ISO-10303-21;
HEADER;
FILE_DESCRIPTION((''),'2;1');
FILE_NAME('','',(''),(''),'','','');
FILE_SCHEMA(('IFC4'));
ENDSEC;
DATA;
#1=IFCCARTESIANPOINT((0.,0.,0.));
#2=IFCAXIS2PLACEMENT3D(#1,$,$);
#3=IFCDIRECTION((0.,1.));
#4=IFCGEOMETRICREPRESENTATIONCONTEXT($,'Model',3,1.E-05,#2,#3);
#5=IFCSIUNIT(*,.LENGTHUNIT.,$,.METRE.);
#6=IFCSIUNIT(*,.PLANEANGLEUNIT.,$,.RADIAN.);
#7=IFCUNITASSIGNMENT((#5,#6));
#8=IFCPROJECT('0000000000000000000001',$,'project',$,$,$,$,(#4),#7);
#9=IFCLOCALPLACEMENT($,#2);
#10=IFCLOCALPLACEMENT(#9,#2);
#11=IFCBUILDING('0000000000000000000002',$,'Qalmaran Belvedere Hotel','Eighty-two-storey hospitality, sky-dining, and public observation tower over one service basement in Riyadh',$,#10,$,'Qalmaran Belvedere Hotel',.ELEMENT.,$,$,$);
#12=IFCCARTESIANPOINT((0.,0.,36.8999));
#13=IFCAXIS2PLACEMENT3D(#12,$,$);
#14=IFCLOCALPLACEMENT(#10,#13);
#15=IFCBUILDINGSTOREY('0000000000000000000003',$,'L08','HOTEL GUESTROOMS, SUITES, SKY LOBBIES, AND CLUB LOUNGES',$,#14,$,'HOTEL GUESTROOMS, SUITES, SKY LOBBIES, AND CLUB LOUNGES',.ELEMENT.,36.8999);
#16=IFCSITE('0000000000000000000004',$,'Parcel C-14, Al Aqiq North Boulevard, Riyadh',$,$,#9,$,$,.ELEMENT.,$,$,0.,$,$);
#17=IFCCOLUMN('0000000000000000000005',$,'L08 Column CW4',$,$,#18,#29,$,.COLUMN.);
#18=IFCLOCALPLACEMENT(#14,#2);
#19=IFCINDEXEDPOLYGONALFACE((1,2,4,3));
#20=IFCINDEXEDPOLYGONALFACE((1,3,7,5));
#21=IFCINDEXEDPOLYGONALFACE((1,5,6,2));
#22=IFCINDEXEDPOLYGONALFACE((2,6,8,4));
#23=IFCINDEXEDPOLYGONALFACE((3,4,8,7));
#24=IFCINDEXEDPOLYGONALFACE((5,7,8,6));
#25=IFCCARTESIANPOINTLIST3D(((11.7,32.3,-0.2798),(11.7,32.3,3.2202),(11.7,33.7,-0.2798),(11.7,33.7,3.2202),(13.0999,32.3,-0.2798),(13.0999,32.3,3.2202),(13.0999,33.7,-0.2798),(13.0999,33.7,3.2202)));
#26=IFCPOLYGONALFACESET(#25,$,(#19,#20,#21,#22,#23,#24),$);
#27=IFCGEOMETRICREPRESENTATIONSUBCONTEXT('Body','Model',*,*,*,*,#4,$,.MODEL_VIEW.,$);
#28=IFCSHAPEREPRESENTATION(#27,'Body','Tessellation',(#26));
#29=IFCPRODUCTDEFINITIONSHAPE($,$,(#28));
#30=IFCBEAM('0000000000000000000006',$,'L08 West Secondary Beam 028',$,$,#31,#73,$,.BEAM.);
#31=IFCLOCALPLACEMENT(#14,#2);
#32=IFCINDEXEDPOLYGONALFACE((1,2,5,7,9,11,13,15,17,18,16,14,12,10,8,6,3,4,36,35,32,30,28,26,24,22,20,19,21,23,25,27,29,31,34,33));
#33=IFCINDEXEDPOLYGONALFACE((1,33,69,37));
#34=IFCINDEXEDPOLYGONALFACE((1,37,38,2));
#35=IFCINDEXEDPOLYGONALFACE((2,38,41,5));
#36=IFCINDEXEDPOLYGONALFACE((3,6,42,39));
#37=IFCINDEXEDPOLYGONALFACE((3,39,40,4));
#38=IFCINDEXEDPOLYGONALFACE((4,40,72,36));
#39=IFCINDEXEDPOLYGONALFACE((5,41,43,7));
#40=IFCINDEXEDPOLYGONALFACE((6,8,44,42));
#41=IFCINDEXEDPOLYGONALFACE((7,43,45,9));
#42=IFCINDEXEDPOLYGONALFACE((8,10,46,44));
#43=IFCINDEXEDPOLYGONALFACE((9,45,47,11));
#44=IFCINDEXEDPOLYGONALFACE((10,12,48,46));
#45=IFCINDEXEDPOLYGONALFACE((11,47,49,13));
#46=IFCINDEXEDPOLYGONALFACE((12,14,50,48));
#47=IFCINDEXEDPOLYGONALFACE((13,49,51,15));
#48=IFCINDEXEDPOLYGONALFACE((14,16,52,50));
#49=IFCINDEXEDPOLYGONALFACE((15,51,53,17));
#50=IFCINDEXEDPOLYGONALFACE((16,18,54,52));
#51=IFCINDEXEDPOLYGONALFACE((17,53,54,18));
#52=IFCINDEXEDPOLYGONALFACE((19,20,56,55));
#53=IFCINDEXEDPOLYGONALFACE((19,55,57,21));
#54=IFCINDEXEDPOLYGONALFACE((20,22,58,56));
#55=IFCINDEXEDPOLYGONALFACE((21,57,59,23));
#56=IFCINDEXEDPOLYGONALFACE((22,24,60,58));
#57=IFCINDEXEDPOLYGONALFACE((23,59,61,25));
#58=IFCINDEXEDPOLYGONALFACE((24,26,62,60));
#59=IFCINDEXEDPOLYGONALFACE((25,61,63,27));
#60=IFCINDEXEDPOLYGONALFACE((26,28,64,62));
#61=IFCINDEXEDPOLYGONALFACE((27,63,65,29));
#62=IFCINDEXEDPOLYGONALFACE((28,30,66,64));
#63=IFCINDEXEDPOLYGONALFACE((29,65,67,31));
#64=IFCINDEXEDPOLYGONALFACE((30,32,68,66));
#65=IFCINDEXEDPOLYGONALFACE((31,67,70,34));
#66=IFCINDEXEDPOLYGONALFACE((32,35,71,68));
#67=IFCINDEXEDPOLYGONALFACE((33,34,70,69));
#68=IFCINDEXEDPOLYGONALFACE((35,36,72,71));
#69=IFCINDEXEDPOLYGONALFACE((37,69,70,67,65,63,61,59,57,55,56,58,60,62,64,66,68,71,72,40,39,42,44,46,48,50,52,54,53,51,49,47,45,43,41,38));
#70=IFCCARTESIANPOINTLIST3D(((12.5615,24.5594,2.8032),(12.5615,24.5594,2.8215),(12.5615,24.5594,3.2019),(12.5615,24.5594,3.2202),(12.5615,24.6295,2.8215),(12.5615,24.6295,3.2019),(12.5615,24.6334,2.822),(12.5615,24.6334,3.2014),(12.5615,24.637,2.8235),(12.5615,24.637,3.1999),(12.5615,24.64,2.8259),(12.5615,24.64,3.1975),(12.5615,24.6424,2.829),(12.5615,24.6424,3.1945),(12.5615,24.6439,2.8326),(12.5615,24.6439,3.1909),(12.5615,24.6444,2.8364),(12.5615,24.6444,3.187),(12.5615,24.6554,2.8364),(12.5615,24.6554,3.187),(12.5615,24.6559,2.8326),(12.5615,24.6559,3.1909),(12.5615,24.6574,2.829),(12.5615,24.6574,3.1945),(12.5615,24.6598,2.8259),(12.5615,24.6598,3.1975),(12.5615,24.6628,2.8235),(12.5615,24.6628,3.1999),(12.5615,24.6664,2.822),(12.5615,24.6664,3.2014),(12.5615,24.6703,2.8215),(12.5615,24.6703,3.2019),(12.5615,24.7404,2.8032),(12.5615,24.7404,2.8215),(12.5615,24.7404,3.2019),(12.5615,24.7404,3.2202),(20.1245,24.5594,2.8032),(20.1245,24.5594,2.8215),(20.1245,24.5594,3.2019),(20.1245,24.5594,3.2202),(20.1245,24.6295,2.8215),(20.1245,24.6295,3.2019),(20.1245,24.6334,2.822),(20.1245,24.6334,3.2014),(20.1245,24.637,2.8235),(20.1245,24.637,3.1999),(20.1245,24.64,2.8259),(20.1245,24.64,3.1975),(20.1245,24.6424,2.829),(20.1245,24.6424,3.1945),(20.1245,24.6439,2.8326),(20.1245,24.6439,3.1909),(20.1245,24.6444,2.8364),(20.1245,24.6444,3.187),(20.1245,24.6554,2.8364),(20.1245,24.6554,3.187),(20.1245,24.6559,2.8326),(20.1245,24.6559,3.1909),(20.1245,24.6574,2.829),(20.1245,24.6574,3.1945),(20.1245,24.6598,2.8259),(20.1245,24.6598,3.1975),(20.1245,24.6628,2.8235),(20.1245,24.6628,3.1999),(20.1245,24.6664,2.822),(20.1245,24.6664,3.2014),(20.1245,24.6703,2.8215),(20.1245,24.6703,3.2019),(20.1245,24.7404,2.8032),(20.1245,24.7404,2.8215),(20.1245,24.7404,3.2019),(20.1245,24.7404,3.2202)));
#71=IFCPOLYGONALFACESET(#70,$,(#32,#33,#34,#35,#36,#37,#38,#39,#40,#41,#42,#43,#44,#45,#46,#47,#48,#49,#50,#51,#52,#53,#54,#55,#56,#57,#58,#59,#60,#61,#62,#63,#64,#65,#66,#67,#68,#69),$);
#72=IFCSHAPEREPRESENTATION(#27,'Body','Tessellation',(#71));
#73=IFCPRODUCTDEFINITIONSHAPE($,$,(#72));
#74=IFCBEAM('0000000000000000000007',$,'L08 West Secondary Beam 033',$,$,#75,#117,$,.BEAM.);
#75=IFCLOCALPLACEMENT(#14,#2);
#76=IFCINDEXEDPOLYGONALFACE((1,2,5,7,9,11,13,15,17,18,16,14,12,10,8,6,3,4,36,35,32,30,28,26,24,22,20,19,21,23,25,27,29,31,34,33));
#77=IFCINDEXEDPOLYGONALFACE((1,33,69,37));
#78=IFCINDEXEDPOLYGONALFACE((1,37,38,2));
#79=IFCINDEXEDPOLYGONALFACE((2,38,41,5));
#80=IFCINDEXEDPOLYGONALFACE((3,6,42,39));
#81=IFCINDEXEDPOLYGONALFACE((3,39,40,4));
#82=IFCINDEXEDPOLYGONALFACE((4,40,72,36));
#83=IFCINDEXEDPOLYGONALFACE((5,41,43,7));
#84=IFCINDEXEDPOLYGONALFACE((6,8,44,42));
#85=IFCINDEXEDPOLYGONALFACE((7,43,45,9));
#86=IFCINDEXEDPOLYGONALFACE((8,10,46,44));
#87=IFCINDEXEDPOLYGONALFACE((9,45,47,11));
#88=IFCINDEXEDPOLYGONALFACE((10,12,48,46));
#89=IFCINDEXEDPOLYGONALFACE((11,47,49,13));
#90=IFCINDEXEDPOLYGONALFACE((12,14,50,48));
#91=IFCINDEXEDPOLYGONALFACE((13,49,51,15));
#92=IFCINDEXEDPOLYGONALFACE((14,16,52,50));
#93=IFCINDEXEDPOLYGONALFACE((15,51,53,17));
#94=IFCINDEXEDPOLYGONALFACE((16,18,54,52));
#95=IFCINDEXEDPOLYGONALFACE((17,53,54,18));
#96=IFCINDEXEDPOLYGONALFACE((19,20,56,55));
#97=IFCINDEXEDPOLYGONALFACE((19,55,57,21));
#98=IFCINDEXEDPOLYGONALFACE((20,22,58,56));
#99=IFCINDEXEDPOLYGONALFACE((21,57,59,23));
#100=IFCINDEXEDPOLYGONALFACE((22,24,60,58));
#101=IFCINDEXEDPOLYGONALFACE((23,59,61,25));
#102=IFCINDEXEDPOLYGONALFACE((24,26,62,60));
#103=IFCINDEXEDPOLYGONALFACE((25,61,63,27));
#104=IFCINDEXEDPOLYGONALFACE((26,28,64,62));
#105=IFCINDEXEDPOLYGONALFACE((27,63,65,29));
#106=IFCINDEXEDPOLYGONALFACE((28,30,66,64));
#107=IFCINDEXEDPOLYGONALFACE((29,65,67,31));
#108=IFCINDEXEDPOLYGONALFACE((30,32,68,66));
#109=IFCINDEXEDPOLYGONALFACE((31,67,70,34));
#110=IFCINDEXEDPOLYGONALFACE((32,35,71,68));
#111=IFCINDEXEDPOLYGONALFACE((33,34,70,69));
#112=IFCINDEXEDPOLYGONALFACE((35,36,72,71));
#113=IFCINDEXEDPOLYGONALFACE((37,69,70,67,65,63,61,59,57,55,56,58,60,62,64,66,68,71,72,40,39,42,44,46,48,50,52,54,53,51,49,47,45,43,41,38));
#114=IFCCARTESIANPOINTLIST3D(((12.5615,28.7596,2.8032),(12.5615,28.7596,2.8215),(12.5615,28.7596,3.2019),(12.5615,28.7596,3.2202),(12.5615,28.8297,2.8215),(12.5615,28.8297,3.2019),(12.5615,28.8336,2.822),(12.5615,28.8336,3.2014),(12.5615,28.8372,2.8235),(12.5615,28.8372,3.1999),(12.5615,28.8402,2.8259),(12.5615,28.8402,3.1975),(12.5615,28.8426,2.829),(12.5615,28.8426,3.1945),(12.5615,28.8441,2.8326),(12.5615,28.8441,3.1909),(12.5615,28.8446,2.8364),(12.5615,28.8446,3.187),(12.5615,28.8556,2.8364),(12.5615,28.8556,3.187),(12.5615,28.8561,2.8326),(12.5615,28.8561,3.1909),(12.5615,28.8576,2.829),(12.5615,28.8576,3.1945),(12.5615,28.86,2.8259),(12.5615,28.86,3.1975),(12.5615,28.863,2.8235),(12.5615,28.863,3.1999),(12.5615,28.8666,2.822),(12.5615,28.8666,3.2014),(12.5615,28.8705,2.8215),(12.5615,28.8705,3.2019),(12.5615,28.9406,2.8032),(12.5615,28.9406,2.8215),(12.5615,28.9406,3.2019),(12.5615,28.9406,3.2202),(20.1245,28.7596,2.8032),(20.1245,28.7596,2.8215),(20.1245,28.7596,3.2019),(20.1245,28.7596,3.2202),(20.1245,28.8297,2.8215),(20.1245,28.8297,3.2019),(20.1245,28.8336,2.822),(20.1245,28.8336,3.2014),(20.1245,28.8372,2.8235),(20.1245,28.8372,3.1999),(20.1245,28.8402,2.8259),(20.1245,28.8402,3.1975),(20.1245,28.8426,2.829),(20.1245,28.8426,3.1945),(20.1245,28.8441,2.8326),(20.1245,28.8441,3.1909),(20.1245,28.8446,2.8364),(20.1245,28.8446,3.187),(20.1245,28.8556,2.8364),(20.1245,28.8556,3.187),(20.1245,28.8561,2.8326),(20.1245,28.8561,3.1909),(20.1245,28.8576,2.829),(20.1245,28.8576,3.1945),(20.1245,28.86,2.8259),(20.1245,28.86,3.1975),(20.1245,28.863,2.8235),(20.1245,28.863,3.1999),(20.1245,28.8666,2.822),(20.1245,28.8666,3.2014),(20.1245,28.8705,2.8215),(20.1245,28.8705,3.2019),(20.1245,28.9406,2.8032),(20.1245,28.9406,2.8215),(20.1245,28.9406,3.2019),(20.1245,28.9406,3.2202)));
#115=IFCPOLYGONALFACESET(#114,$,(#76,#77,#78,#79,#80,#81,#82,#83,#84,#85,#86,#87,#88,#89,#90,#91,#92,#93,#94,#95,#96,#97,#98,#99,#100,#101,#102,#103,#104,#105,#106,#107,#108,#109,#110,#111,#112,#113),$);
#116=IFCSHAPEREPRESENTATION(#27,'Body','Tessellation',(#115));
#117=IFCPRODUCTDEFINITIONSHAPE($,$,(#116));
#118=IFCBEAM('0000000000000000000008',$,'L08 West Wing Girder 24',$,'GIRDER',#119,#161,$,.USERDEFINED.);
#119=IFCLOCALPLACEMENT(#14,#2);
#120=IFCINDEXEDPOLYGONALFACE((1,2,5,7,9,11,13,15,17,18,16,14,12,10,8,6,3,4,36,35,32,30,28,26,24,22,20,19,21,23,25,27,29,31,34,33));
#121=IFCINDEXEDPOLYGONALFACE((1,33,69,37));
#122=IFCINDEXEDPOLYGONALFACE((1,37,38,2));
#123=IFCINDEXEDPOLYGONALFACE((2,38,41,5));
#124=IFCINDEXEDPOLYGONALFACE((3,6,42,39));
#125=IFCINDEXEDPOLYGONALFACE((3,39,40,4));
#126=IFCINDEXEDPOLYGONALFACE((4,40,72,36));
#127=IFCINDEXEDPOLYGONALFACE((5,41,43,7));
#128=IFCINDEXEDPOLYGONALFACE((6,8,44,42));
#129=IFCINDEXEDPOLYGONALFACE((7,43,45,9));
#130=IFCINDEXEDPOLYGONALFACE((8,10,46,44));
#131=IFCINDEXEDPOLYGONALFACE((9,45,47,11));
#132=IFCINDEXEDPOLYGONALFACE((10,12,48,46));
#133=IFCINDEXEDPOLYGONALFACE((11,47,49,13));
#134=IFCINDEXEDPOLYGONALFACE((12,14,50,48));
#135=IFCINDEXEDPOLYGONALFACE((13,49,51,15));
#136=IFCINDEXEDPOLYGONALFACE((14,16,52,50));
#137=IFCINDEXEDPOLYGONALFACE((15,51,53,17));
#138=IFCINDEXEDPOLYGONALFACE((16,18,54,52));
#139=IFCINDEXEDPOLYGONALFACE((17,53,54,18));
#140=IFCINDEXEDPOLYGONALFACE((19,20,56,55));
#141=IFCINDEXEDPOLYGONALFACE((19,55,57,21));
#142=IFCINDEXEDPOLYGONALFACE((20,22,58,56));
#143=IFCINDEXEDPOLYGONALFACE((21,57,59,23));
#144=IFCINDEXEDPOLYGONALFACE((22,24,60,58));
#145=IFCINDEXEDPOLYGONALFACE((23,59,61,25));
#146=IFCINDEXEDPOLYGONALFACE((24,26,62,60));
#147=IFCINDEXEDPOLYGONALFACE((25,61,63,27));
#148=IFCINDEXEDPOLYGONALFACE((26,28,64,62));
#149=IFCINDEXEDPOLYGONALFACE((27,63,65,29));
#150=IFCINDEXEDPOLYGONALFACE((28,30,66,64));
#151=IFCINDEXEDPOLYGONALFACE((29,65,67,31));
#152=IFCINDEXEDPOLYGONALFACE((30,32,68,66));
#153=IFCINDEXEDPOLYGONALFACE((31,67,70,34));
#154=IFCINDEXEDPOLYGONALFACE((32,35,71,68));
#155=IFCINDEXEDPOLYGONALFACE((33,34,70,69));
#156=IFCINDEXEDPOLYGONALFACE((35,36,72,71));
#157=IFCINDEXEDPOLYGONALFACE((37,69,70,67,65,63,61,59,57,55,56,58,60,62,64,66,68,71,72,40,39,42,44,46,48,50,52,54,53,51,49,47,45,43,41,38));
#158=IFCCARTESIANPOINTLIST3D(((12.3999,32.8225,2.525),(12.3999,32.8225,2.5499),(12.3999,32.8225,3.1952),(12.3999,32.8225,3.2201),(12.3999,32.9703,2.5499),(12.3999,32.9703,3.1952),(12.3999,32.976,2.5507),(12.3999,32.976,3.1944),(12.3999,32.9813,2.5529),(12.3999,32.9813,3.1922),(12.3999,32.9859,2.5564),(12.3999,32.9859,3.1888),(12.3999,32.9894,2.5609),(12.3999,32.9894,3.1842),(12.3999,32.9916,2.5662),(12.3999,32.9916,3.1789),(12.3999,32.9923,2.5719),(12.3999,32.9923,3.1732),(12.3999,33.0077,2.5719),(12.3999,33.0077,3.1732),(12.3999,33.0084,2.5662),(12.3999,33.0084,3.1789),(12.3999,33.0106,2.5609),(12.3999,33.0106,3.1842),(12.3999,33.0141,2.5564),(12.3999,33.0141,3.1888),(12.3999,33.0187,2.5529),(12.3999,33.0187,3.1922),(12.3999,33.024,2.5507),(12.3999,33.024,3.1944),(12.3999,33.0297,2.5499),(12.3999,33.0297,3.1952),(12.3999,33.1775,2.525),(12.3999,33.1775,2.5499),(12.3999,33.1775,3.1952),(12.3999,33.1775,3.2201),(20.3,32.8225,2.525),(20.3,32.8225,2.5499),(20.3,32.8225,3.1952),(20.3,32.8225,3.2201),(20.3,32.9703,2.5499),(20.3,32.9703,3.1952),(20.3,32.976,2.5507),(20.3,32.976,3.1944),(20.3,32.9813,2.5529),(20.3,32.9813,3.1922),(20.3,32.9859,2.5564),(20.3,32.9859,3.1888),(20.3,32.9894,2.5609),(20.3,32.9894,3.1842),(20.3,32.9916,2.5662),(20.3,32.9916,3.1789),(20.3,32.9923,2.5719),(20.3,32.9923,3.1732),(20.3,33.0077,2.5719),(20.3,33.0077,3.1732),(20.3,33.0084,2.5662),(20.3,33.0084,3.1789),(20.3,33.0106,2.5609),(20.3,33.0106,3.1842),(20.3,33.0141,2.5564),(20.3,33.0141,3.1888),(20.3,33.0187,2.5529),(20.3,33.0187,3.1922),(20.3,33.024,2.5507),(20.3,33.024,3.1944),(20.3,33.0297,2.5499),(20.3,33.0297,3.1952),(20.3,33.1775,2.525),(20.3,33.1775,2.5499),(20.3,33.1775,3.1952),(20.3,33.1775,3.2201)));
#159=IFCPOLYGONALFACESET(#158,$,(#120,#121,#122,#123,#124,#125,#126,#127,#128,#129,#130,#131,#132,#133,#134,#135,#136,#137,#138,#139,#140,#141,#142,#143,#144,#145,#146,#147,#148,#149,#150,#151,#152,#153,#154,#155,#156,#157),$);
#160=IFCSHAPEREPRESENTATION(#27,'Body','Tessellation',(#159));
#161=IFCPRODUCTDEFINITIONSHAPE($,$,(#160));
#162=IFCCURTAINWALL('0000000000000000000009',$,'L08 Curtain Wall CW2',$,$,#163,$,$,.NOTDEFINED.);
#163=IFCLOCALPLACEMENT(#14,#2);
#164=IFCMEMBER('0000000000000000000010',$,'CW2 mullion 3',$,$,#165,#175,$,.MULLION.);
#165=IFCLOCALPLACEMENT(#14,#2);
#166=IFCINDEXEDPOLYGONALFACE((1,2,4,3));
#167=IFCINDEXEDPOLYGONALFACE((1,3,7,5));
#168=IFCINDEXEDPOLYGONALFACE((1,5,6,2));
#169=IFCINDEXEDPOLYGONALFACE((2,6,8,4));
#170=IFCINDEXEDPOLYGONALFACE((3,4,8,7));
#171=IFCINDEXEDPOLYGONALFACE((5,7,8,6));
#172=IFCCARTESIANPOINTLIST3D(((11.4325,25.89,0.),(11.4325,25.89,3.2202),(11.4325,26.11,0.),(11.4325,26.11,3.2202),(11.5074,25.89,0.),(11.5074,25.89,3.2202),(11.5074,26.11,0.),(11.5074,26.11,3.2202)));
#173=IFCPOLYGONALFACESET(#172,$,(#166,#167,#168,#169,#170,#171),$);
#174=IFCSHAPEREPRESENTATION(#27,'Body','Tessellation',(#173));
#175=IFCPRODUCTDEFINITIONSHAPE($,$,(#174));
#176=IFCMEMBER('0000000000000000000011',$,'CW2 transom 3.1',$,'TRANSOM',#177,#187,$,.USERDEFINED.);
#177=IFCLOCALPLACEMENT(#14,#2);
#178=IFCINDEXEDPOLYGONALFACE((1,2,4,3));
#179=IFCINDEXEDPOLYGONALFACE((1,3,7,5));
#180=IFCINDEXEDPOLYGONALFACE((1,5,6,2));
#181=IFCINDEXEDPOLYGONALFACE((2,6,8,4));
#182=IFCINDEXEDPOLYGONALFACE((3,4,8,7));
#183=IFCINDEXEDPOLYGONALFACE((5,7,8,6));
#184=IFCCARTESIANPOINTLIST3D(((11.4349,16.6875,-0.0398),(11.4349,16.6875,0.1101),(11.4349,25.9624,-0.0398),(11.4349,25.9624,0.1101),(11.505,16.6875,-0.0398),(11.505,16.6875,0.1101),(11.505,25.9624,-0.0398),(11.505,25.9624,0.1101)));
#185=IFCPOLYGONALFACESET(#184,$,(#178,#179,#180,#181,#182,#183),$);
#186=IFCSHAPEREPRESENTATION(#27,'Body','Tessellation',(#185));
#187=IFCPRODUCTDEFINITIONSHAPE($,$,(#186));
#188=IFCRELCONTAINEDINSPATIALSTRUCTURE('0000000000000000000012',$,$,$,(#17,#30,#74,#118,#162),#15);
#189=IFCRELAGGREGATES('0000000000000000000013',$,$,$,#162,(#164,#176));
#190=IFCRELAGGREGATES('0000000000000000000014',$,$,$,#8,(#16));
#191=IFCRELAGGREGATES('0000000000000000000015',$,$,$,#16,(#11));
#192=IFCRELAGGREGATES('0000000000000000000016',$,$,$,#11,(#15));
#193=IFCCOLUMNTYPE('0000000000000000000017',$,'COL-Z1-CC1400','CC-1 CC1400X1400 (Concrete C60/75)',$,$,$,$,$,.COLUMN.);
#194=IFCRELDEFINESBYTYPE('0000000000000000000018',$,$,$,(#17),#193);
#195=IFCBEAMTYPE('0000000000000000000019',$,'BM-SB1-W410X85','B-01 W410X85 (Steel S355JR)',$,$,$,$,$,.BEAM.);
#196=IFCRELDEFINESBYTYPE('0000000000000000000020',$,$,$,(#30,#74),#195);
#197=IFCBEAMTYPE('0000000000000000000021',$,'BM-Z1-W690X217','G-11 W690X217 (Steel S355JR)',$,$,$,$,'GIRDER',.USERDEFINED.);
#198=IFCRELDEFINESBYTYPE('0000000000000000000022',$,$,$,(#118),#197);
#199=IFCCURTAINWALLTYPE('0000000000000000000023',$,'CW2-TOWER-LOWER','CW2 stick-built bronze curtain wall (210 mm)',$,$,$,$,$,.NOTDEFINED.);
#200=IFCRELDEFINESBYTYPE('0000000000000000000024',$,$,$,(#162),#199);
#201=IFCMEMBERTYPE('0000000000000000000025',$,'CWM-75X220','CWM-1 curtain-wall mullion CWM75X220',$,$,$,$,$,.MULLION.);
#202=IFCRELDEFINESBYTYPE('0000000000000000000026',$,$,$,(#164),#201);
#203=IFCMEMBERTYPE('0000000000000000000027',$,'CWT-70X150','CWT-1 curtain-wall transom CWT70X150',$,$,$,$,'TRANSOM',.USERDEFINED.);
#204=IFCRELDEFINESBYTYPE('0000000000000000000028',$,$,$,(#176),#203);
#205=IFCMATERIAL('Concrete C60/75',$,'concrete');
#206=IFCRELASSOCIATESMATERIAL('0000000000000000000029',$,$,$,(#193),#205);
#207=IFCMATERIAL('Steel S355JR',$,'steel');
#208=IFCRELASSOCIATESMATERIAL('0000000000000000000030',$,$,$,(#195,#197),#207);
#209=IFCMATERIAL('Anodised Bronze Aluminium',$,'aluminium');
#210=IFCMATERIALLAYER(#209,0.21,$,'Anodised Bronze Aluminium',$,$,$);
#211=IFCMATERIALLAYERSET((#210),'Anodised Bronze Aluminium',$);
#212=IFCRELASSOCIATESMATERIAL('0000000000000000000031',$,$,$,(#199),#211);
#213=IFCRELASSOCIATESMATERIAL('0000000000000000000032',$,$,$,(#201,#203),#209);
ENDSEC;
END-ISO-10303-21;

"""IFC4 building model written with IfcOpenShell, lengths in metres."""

from ifc_helpers import new_model, si_unit, direction, frame, origin, origin_2d, place, context, subcontext, project, spatial, rectangle, i_section, extrude, material, layer, layer_set, material_profile, profile_set, type_object, element, aggregate, save


model = new_model("IFC4")

# Units and contexts
model_context = context("Model", 3, precision=1e-05, world=origin(), true_north=direction((0.0, 1.0)))
body_context = subcontext(model_context, "Body", "Model", "MODEL_VIEW")
ifc_project = project(units=[si_unit("LENGTHUNIT", "METRE"), si_unit("PLANEANGLEUNIT", "RADIAN")], contexts=[model_context])

# Site, building, storey
site_placement = place(None, origin())
site = spatial("IfcSite", under=ifc_project, at=site_placement, Name="Parcel C-14, Al Aqiq North Boulevard, Riyadh", CompositionType="ELEMENT", RefElevation=0.0)
building_placement = place(site_placement, origin())
building = spatial("IfcBuilding", under=site, at=building_placement, Name="Qalmaran Belvedere Hotel", Description="Eighty-two-storey hospitality, sky-dining, and public observation tower over one service basement in Riyadh", LongName="Qalmaran Belvedere Hotel", CompositionType="ELEMENT")
storey_placement = place(building_placement, frame((0.0, 0.0, 36.8999)))
storey = spatial("IfcBuildingStorey", under=building, at=storey_placement, Name="L08", Description="HOTEL GUESTROOMS, SUITES, SKY LOBBIES, AND CLUB LOUNGES", LongName="HOTEL GUESTROOMS, SUITES, SKY LOBBIES, AND CLUB LOUNGES", CompositionType="ELEMENT", Elevation=36.8999)

# Column
ifc_material_1 = material(Name="Concrete C60/75", Category="concrete")
ifc_material_profile_1 = material_profile(ifc_material_1, rectangle(XDim=1.3999, YDim=1.3999, at=origin_2d()), Name="CC1400X1400")
ifc_profile_set_1 = profile_set([ifc_material_profile_1], Name="Concrete C60/75")
column_type = type_object("IfcColumnType", Name="COL-Z1-CC1400", Description="CC-1 CC1400X1400 (Concrete C60/75)", PredefinedType="COLUMN", material=ifc_profile_set_1)
column_placement = place(storey_placement, frame((12.3999, 33.0, -0.2798), z_axis=(0.0, 0.0, 1.0), x_axis=(1.0, 0.0, 0.0)))
element("IfcColumn", 1, at=column_placement, inside=storey, type_object=column_type, Name="L08 Column CW4", PredefinedType="COLUMN", context=body_context, shape_type="SweptSolid", body=[
    extrude(rectangle(XDim=1.3999, YDim=1.3999, at=origin_2d()), origin(), (0.0, 0.0, 1.0), 3.5),
])

# Beams
ifc_material_2 = material(Name="Steel S355JR", Category="steel")
ifc_material_profile_2 = material_profile(ifc_material_2, i_section(OverallWidth=0.1809, OverallDepth=0.417, WebThickness=0.011, FlangeThickness=0.0183, FilletRadius=0.0149, at=origin_2d()), Name="W410X85")
ifc_profile_set_2 = profile_set([ifc_material_profile_2], Name="Steel S355JR")
beam_type_1 = type_object("IfcBeamType", Name="BM-SB1-W410X85", Description="B-01 W410X85 (Steel S355JR)", PredefinedType="BEAM", material=ifc_profile_set_2)
for number, where, z_axis, x_axis, name in (
    (2, (12.5615, 24.6499, 3.0117), (1.0, 0.0, 0.0), (0.0, 1.0, 0.0), "L08 West Secondary Beam 028"),
    (3, (12.5615, 28.8501, 3.0117), (1.0, 0.0, 0.0), (0.0, 1.0, 0.0), "L08 West Secondary Beam 033"),
):
    element("IfcBeam", number, at=place(storey_placement, frame(where, z_axis=z_axis, x_axis=x_axis)), inside=storey, type_object=beam_type_1, Name=name, PredefinedType="BEAM", context=body_context, shape_type="SweptSolid", body=[
        extrude(i_section(OverallWidth=0.1809, OverallDepth=0.417, WebThickness=0.011, FlangeThickness=0.0183, FilletRadius=0.0149, at=origin_2d()), origin(), (0.0, 0.0, 1.0), 7.563),
    ])
ifc_material_profile_3 = material_profile(ifc_material_2, i_section(OverallWidth=0.355, OverallDepth=0.6951, WebThickness=0.0154, FlangeThickness=0.0249, FilletRadius=0.022, at=origin_2d()), Name="W690X217")
ifc_profile_set_3 = profile_set([ifc_material_profile_3], Name="Steel S355JR")
beam_type_2 = type_object("IfcBeamType", Name="BM-Z1-W690X217", Description="G-11 W690X217 (Steel S355JR)", ElementType="GIRDER", PredefinedType="USERDEFINED", material=ifc_profile_set_3)
beam_placement = place(storey_placement, frame((12.3999, 33.0, 2.8726), z_axis=(1.0, 0.0, 0.0), x_axis=(0.0, 1.0, 0.0)))
element("IfcBeam", 4, at=beam_placement, inside=storey, type_object=beam_type_2, Name="L08 West Wing Girder 24", ObjectType="GIRDER", PredefinedType="USERDEFINED", context=body_context, shape_type="SweptSolid", body=[
    extrude(i_section(OverallWidth=0.355, OverallDepth=0.6951, WebThickness=0.0154, FlangeThickness=0.0249, FilletRadius=0.022, at=origin_2d()), origin(), (0.0, 0.0, 1.0), 7.9001),
])

# Curtain wall, members
ifc_material_3 = material(Name="Anodised Bronze Aluminium", Category="aluminium")
ifc_layer_1 = layer(ifc_material_3, 0.21, Name="Anodised Bronze Aluminium")
ifc_layer_set_1 = layer_set([ifc_layer_1], Name="Anodised Bronze Aluminium")
curtain_wall_type = type_object("IfcCurtainWallType", Name="CW2-TOWER-LOWER", Description="CW2 stick-built bronze curtain wall (210 mm)", PredefinedType="NOTDEFINED", material=ifc_layer_set_1)
curtain_wall_placement = place(storey_placement, origin())
curtain_wall = element("IfcCurtainWall", 5, at=curtain_wall_placement, inside=storey, type_object=curtain_wall_type, Name="L08 Curtain Wall CW2", PredefinedType="NOTDEFINED")
ifc_material_profile_4 = material_profile(ifc_material_3, rectangle(XDim=0.075, YDim=0.22, at=origin_2d()), Name="CWM75X220")
ifc_profile_set_4 = profile_set([ifc_material_profile_4], Name="Anodised Bronze Aluminium")
member_type_1 = type_object("IfcMemberType", Name="CWM-75X220", Description="CWM-1 curtain-wall mullion CWM75X220", PredefinedType="MULLION", material=ifc_profile_set_4)
member_1_placement = place(storey_placement, frame((11.47, 26.0, 0.0), z_axis=(0.0, 0.0, 1.0), x_axis=(1.0, 0.0, 0.0)))
member_1 = element("IfcMember", 6, at=member_1_placement, type_object=member_type_1, Name="CW2 mullion 3", PredefinedType="MULLION", context=body_context, shape_type="SweptSolid", body=[
    extrude(rectangle(XDim=0.075, YDim=0.22, at=origin_2d()), origin(), (0.0, 0.0, 1.0), 3.2202),
])
ifc_material_profile_5 = material_profile(ifc_material_3, rectangle(XDim=0.0701, YDim=0.1499, at=origin_2d()), Name="CWT70X150")
ifc_profile_set_5 = profile_set([ifc_material_profile_5], Name="Anodised Bronze Aluminium")
member_type_2 = type_object("IfcMemberType", Name="CWT-70X150", Description="CWT-1 curtain-wall transom CWT70X150", ElementType="TRANSOM", PredefinedType="USERDEFINED", material=ifc_profile_set_5)
member_2_placement = place(storey_placement, frame((11.47, 25.9624, 0.0352), z_axis=(0.0, -1.0, 0.0), x_axis=(1.0, 0.0, 0.0)))
member_2 = element("IfcMember", 7, at=member_2_placement, type_object=member_type_2, Name="CW2 transom 3.1", ObjectType="TRANSOM", PredefinedType="USERDEFINED", context=body_context, shape_type="SweptSolid", body=[
    extrude(rectangle(XDim=0.0701, YDim=0.1499, at=origin_2d()), origin(), (0.0, 0.0, 1.0), 9.2749),
])
aggregate(curtain_wall, [member_1, member_2])

save(model, "model.ifc")
